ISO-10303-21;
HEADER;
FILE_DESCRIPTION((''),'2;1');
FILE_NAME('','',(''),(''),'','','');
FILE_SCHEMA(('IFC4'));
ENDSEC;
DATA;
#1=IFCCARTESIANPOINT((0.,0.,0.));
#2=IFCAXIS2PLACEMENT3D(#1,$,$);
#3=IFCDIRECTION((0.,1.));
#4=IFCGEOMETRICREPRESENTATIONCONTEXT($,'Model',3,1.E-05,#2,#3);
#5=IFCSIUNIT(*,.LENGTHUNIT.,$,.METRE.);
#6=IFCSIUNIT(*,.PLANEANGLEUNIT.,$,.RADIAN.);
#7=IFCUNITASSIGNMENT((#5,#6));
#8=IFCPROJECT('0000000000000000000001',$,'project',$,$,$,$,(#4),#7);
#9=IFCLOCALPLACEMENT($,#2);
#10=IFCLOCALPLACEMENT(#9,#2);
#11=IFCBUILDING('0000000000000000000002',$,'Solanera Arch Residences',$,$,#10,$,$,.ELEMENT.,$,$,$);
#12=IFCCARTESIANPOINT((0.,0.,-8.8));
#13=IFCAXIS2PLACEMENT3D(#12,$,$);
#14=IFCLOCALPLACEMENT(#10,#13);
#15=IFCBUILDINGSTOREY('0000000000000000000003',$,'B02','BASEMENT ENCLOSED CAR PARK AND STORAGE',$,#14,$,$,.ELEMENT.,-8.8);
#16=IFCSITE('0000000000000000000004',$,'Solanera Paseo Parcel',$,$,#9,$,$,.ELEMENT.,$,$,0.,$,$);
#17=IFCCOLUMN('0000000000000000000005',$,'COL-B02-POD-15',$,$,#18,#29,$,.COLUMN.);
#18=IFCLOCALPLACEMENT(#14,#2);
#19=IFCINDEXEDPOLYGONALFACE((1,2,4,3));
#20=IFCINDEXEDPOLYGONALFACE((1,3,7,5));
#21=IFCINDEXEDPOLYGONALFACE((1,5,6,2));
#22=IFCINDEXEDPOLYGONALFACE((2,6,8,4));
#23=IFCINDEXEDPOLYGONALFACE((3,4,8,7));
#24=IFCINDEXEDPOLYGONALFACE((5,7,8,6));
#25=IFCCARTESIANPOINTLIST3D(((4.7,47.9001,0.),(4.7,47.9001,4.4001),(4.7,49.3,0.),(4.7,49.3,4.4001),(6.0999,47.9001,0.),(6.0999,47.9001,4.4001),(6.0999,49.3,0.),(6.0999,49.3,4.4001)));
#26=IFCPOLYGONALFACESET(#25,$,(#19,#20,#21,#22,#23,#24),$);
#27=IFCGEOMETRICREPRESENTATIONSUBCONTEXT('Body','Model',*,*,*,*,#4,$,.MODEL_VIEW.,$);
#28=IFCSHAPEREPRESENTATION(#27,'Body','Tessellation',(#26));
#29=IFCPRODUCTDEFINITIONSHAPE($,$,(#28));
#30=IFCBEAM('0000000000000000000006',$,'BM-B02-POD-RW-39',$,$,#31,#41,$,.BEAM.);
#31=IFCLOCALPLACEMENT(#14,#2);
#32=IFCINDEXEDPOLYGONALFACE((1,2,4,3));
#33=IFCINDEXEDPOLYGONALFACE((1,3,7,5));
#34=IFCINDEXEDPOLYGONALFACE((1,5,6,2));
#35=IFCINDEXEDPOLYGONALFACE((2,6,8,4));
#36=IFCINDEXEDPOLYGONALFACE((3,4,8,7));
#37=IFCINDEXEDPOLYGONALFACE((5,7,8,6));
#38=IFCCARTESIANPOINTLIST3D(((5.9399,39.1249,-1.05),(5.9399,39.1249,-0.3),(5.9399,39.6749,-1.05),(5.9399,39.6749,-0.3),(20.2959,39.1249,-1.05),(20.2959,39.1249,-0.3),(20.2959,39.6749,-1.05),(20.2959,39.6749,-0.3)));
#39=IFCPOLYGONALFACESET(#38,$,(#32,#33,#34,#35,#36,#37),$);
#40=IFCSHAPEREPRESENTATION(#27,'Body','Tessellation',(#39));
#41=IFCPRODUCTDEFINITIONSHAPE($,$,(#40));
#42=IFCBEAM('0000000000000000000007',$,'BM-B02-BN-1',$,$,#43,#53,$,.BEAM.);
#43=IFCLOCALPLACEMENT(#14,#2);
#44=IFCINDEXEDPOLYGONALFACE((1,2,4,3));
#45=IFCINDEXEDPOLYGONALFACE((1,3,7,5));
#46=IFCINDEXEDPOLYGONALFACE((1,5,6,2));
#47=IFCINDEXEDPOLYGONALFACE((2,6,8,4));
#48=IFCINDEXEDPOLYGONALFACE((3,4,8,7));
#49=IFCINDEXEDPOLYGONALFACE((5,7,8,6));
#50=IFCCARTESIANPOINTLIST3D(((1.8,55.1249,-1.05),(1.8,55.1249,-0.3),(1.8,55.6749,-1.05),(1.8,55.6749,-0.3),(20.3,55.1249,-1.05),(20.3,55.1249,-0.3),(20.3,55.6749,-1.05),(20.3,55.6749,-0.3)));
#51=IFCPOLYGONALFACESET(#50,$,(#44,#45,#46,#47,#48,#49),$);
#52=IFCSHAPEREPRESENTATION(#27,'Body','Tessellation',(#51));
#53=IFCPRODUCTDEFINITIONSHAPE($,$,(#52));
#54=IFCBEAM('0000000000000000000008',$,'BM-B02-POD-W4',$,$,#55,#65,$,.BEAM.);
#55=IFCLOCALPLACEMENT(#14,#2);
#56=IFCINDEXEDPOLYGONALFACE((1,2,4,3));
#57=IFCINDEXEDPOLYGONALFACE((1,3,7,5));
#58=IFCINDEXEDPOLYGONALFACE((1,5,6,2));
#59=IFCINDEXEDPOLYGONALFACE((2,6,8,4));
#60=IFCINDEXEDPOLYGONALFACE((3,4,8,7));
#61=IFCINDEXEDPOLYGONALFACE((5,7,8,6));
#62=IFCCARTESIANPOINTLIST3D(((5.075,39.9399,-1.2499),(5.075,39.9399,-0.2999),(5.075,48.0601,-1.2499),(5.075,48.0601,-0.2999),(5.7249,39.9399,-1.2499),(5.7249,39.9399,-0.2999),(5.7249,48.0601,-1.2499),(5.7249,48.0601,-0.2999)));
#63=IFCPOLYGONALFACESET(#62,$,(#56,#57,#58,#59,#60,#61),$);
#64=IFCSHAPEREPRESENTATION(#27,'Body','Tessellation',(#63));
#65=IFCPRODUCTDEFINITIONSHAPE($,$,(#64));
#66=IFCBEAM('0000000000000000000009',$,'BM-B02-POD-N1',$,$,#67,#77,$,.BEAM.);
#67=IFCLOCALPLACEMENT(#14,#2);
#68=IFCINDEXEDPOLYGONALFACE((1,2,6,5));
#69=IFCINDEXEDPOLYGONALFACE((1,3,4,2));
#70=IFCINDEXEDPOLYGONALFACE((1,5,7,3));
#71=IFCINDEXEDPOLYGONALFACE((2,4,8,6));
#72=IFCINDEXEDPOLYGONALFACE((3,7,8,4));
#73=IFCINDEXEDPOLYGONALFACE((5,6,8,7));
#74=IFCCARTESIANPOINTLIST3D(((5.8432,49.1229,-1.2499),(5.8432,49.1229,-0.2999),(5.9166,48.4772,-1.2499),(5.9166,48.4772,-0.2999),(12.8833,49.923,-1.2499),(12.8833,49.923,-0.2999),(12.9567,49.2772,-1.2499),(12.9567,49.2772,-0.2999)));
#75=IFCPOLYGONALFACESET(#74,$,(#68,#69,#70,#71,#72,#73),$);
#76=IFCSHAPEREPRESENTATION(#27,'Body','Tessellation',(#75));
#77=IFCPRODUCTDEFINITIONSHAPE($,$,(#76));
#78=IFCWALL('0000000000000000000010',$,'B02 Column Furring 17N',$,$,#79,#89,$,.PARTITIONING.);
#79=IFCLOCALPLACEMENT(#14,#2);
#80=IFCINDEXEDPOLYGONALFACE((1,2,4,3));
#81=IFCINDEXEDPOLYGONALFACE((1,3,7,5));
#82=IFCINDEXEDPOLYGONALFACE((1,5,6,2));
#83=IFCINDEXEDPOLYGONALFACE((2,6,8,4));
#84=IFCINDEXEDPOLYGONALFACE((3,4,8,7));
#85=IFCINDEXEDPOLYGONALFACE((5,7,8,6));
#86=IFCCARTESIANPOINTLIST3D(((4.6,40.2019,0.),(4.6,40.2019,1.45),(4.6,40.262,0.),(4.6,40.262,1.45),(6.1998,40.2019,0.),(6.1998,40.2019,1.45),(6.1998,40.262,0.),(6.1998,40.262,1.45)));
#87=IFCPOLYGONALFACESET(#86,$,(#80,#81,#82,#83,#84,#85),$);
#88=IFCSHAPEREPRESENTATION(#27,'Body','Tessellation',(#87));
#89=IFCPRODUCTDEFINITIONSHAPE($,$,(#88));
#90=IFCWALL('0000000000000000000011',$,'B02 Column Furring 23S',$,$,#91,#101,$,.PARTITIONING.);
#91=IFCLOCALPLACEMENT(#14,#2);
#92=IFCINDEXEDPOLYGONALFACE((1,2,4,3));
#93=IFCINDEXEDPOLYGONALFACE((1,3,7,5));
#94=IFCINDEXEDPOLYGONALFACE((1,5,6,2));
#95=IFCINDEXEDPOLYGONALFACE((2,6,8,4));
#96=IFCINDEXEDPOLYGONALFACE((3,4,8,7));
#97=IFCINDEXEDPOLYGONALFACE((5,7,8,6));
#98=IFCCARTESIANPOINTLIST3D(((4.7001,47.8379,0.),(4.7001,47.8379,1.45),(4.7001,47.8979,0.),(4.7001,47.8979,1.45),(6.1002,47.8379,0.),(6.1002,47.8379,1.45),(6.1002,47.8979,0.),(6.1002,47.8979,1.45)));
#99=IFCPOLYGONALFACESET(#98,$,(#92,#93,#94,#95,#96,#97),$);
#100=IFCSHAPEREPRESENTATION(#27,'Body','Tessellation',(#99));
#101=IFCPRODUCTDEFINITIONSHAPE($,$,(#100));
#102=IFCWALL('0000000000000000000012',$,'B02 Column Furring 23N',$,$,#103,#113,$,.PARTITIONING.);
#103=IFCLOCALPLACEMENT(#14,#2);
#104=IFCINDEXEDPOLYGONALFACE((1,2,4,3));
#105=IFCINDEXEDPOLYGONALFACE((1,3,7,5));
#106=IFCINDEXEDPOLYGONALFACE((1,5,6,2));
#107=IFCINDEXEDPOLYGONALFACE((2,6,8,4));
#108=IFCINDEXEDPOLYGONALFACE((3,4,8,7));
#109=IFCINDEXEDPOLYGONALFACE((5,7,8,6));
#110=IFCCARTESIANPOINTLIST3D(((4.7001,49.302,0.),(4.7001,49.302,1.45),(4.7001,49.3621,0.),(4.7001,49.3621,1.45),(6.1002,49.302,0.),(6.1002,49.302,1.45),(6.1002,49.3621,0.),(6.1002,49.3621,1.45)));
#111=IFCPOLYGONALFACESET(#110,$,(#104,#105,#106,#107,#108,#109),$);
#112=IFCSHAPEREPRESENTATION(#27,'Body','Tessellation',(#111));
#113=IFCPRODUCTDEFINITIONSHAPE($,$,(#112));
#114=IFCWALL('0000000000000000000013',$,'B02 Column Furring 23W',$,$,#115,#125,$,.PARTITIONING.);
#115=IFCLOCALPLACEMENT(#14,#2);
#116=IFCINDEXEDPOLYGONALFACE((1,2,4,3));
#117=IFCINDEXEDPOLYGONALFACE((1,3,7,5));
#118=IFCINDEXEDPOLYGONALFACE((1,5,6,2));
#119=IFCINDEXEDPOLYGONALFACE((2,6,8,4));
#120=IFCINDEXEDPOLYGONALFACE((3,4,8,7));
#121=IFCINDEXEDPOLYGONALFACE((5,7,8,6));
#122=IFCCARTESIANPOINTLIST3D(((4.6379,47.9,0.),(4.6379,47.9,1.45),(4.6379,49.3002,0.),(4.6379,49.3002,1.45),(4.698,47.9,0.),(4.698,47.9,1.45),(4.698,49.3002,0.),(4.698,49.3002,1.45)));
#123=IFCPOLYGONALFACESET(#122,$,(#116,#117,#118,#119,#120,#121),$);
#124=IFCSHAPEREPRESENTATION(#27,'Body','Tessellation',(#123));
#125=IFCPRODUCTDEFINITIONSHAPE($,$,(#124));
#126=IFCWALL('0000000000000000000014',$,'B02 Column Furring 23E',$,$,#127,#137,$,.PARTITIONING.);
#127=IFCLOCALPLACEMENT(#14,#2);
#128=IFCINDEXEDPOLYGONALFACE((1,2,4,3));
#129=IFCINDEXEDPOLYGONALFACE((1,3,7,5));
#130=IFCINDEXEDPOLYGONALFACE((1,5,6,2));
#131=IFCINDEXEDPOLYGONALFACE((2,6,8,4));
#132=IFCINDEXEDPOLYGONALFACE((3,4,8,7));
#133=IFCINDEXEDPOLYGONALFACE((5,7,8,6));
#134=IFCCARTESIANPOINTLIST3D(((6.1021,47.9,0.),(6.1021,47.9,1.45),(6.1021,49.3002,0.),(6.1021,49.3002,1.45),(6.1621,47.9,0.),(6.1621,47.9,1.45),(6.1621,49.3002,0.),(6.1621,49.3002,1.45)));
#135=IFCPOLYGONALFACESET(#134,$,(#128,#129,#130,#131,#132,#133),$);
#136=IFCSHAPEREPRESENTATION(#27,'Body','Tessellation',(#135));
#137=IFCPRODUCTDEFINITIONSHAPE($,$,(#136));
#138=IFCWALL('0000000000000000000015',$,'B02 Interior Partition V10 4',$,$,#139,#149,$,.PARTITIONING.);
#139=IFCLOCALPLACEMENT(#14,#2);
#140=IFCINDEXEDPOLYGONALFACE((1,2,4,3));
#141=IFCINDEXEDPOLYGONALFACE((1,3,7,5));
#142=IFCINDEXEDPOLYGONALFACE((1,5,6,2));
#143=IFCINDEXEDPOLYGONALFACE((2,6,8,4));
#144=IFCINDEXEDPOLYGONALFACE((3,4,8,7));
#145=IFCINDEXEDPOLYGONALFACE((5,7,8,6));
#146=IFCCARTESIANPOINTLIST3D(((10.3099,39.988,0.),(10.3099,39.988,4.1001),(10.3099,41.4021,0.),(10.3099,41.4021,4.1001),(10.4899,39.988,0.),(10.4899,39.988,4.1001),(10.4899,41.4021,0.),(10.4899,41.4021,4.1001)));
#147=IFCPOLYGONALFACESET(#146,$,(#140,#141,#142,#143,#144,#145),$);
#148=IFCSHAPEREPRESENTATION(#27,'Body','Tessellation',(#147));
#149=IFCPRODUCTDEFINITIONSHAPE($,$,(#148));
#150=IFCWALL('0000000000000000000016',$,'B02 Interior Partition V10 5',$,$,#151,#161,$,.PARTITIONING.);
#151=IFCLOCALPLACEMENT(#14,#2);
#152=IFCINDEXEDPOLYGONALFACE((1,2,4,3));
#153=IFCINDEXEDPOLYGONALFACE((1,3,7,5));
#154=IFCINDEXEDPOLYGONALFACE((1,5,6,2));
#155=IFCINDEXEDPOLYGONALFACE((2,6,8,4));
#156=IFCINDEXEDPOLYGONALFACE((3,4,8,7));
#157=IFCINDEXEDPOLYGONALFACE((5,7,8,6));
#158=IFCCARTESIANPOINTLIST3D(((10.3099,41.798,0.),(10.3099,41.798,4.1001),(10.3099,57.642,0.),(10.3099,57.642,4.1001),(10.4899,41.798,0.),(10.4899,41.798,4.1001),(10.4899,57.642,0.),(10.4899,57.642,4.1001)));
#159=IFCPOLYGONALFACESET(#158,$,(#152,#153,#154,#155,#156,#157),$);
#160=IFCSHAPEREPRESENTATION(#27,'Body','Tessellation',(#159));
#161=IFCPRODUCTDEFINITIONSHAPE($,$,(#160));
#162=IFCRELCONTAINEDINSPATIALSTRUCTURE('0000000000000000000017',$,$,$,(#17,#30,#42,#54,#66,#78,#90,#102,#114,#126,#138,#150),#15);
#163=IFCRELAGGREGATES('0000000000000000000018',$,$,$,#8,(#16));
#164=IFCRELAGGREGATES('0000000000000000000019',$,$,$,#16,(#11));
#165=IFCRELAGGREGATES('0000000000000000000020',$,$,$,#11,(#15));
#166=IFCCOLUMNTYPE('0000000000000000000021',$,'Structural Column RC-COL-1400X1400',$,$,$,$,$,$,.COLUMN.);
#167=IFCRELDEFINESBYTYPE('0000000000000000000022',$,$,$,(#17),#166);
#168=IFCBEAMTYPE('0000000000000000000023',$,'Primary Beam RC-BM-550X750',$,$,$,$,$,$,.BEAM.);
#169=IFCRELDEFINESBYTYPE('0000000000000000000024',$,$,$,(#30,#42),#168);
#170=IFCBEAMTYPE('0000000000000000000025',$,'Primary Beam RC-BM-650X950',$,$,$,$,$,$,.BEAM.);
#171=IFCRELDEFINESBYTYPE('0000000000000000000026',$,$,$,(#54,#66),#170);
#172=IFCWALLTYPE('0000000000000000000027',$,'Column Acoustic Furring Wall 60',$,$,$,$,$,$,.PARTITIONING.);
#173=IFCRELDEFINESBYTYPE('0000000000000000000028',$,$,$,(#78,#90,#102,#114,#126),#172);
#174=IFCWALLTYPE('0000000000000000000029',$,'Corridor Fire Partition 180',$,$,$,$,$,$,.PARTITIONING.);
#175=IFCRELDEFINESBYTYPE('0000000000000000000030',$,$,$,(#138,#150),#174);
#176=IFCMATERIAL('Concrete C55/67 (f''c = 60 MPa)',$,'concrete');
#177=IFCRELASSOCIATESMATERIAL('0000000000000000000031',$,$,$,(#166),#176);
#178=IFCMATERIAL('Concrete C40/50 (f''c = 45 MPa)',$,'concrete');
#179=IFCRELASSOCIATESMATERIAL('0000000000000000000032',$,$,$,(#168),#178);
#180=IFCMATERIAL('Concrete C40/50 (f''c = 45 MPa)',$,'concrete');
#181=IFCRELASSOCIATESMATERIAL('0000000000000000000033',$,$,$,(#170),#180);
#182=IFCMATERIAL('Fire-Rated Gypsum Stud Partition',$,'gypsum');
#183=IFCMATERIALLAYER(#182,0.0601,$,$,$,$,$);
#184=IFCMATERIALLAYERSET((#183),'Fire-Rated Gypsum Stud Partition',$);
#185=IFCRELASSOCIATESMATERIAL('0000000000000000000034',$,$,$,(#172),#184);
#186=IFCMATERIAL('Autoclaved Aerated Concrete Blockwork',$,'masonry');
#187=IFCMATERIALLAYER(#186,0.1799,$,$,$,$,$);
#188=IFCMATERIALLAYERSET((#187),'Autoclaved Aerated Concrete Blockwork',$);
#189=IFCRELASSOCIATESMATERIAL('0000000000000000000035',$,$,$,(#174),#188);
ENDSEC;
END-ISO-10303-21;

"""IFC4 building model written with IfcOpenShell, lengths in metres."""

from ifc_helpers import new_model, si_unit, direction, frame, frame_2d, origin, origin_2d, place, context, subcontext, project, spatial, rectangle, extrude, material, layer, layer_set, material_profile, profile_set, type_object, element, save


model = new_model("IFC4")

# Units and contexts
model_context = context("Model", 3, precision=1e-05, world=origin(), true_north=direction((0.0, 1.0)))
body_context = subcontext(model_context, "Body", "Model", "MODEL_VIEW")
ifc_project = project(units=[si_unit("LENGTHUNIT", "METRE"), si_unit("PLANEANGLEUNIT", "RADIAN")], contexts=[model_context])

# Site, building, storey
site_placement = place(None, origin())
site = spatial("IfcSite", under=ifc_project, at=site_placement, Name="Solanera Paseo Parcel", CompositionType="ELEMENT", RefElevation=0.0)
building_placement = place(site_placement, origin())
building = spatial("IfcBuilding", under=site, at=building_placement, Name="Solanera Arch Residences", CompositionType="ELEMENT")
storey_placement = place(building_placement, frame((0.0, 0.0, -8.8)))
storey = spatial("IfcBuildingStorey", under=building, at=storey_placement, Name="B02", Description="BASEMENT ENCLOSED CAR PARK AND STORAGE", CompositionType="ELEMENT", Elevation=-8.8)

# Column
ifc_material_1 = material(Name="Concrete C55/67 (f'c = 60 MPa)", Category="concrete")
ifc_material_profile_1 = material_profile(ifc_material_1, rectangle(XDim=1.3999, YDim=1.3999, at=origin_2d()))
ifc_profile_set_1 = profile_set([ifc_material_profile_1], Name="Concrete C55/67 (f'c = 60 MPa)")
column_type = type_object("IfcColumnType", Name="Structural Column RC-COL-1400X1400", PredefinedType="COLUMN", material=ifc_profile_set_1)
column_placement = place(storey_placement, frame((5.3999, 48.6001, 0.0), z_axis=(0.0, 0.0, 1.0), x_axis=(1.0, 0.0, 0.0)))
element("IfcColumn", 1, at=column_placement, inside=storey, type_object=column_type, Name="COL-B02-POD-15", PredefinedType="COLUMN", context=body_context, shape_type="SweptSolid", body=[
    extrude(rectangle(XDim=1.3999, YDim=1.3999, at=origin_2d()), origin(), (0.0, 0.0, 1.0), 4.4001),
])

# Beams
ifc_material_2 = material(Name="Concrete C40/50 (f'c = 45 MPa)", Category="concrete")
ifc_material_profile_2 = material_profile(ifc_material_2, rectangle(XDim=0.55, YDim=0.75, at=origin_2d()))
ifc_profile_set_2 = profile_set([ifc_material_profile_2], Name="Concrete C40/50 (f'c = 45 MPa)")
beam_type_1 = type_object("IfcBeamType", Name="Primary Beam RC-BM-550X750", PredefinedType="BEAM", material=ifc_profile_set_2)
beam_1_placement = place(storey_placement, frame((5.9399, 39.3999, -0.675), z_axis=(1.0, 0.0, 0.0), x_axis=(0.0, 1.0, 0.0)))
element("IfcBeam", 2, at=beam_1_placement, inside=storey, type_object=beam_type_1, Name="BM-B02-POD-RW-39", PredefinedType="BEAM", context=body_context, shape_type="SweptSolid", body=[
    extrude(rectangle(XDim=0.55, YDim=0.75, at=origin_2d()), origin(), (0.0, 0.0, 1.0), 14.356),
])
beam_2_placement = place(storey_placement, frame((1.8, 55.3999, -0.675), z_axis=(1.0, 0.0, 0.0), x_axis=(0.0, 1.0, 0.0)))
element("IfcBeam", 3, at=beam_2_placement, inside=storey, type_object=beam_type_1, Name="BM-B02-BN-1", PredefinedType="BEAM", context=body_context, shape_type="SweptSolid", body=[
    extrude(rectangle(XDim=0.55, YDim=0.75, at=origin_2d()), origin(), (0.0, 0.0, 1.0), 18.5),
])
ifc_material_3 = material(Name="Concrete C40/50 (f'c = 45 MPa)", Category="concrete")
ifc_material_profile_3 = material_profile(ifc_material_3, rectangle(XDim=0.6499, YDim=0.95, at=origin_2d()))
ifc_profile_set_3 = profile_set([ifc_material_profile_3], Name="Concrete C40/50 (f'c = 45 MPa)")
beam_type_2 = type_object("IfcBeamType", Name="Primary Beam RC-BM-650X950", PredefinedType="BEAM", material=ifc_profile_set_3)
beam_3_placement = place(storey_placement, frame((5.3999, 39.9399, -0.7749), z_axis=(0.0, 1.0, 0.0), x_axis=(-1.0, 0.0, 0.0)))
element("IfcBeam", 4, at=beam_3_placement, inside=storey, type_object=beam_type_2, Name="BM-B02-POD-W4", PredefinedType="BEAM", context=body_context, shape_type="SweptSolid", body=[
    extrude(rectangle(XDim=0.6499, YDim=0.95, at=origin_2d()), origin(), (0.0, 0.0, 1.0), 8.1201),
])
beam_4_placement = place(storey_placement, frame((5.8799, 48.8, -0.7749), z_axis=(0.993605, 0.112916, 0.0), x_axis=(-0.112916, 0.993605, 0.0)))
element("IfcBeam", 5, at=beam_4_placement, inside=storey, type_object=beam_type_2, Name="BM-B02-POD-N1", PredefinedType="BEAM", context=body_context, shape_type="SweptSolid", body=[
    extrude(rectangle(XDim=0.6499, YDim=0.95, at=origin_2d()), origin(), (0.0, 0.0, 1.0), 7.0854),
])

# Walls
ifc_material_4 = material(Name="Fire-Rated Gypsum Stud Partition", Category="gypsum")
ifc_layer_1 = layer(ifc_material_4, 0.0601)
ifc_layer_set_1 = layer_set([ifc_layer_1], Name="Fire-Rated Gypsum Stud Partition")
wall_type_1 = type_object("IfcWallType", Name="Column Acoustic Furring Wall 60", PredefinedType="PARTITIONING", material=ifc_layer_set_1)
wall_1_placement = place(storey_placement, frame((4.6001, 40.2319, 0.0), z_axis=(0.0, 0.0, 1.0), x_axis=(1.0, 0.0, 0.0)))
element("IfcWall", 6, at=wall_1_placement, inside=storey, type_object=wall_type_1, Name="B02 Column Furring 17N", PredefinedType="PARTITIONING", context=body_context, shape_type="SweptSolid", body=[
    extrude(rectangle(XDim=1.5999, YDim=0.0601, at=frame_2d((0.7998, 0.0))), origin(), (0.0, 0.0, 1.0), 1.45),
])
for number, where, z_axis, x_axis, name in (
    (7, (4.7, 47.8679, 0.0), (0.0, 0.0, 1.0), (1.0, 0.0, 0.0), "B02 Column Furring 23S"),
    (8, (4.7, 49.332, 0.0), (0.0, 0.0, 1.0), (1.0, 0.0, 0.0), "B02 Column Furring 23N"),
    (9, (4.668, 47.8999, 0.0), (0.0, 0.0, 1.0), (0.0, 1.0, 0.0), "B02 Column Furring 23W"),
    (10, (6.1321, 47.8999, 0.0), (0.0, 0.0, 1.0), (0.0, 1.0, 0.0), "B02 Column Furring 23E"),
):
    element("IfcWall", number, at=place(storey_placement, frame(where, z_axis=z_axis, x_axis=x_axis)), inside=storey, type_object=wall_type_1, Name=name, PredefinedType="PARTITIONING", context=body_context, shape_type="SweptSolid", body=[
        extrude(rectangle(XDim=1.4001, YDim=0.0601, at=frame_2d((0.7002, 0.0))), origin(), (0.0, 0.0, 1.0), 1.45),
    ])

# Shared definitions
ifc_material_5 = material(Name="Autoclaved Aerated Concrete Blockwork", Category="masonry")
ifc_layer_2 = layer(ifc_material_5, 0.1799)
ifc_layer_set_2 = layer_set([ifc_layer_2], Name="Autoclaved Aerated Concrete Blockwork")
wall_type_2 = type_object("IfcWallType", Name="Corridor Fire Partition 180", PredefinedType="PARTITIONING", material=ifc_layer_set_2)

# Walls
wall_2_placement = place(storey_placement, frame((10.3999, 39.988, 0.0), z_axis=(0.0, 0.0, 1.0), x_axis=(0.0, 1.0, 0.0)))
element("IfcWall", 11, at=wall_2_placement, inside=storey, type_object=wall_type_2, Name="B02 Interior Partition V10 4", PredefinedType="PARTITIONING", context=body_context, shape_type="SweptSolid", body=[
    extrude(rectangle(XDim=1.4141, YDim=0.1799, at=frame_2d((0.707, 0.0))), origin(), (0.0, 0.0, 1.0), 4.1001),
])
wall_3_placement = place(storey_placement, frame((10.3999, 41.7981, 0.0), z_axis=(0.0, 0.0, 1.0), x_axis=(0.0, 1.0, 0.0)))
element("IfcWall", 12, at=wall_3_placement, inside=storey, type_object=wall_type_2, Name="B02 Interior Partition V10 5", PredefinedType="PARTITIONING", context=body_context, shape_type="SweptSolid", body=[
    extrude(rectangle(XDim=15.844, YDim=0.1799, at=frame_2d((7.9219, 0.0))), origin(), (0.0, 0.0, 1.0), 4.1001),
])

save(model, "model.ifc")
